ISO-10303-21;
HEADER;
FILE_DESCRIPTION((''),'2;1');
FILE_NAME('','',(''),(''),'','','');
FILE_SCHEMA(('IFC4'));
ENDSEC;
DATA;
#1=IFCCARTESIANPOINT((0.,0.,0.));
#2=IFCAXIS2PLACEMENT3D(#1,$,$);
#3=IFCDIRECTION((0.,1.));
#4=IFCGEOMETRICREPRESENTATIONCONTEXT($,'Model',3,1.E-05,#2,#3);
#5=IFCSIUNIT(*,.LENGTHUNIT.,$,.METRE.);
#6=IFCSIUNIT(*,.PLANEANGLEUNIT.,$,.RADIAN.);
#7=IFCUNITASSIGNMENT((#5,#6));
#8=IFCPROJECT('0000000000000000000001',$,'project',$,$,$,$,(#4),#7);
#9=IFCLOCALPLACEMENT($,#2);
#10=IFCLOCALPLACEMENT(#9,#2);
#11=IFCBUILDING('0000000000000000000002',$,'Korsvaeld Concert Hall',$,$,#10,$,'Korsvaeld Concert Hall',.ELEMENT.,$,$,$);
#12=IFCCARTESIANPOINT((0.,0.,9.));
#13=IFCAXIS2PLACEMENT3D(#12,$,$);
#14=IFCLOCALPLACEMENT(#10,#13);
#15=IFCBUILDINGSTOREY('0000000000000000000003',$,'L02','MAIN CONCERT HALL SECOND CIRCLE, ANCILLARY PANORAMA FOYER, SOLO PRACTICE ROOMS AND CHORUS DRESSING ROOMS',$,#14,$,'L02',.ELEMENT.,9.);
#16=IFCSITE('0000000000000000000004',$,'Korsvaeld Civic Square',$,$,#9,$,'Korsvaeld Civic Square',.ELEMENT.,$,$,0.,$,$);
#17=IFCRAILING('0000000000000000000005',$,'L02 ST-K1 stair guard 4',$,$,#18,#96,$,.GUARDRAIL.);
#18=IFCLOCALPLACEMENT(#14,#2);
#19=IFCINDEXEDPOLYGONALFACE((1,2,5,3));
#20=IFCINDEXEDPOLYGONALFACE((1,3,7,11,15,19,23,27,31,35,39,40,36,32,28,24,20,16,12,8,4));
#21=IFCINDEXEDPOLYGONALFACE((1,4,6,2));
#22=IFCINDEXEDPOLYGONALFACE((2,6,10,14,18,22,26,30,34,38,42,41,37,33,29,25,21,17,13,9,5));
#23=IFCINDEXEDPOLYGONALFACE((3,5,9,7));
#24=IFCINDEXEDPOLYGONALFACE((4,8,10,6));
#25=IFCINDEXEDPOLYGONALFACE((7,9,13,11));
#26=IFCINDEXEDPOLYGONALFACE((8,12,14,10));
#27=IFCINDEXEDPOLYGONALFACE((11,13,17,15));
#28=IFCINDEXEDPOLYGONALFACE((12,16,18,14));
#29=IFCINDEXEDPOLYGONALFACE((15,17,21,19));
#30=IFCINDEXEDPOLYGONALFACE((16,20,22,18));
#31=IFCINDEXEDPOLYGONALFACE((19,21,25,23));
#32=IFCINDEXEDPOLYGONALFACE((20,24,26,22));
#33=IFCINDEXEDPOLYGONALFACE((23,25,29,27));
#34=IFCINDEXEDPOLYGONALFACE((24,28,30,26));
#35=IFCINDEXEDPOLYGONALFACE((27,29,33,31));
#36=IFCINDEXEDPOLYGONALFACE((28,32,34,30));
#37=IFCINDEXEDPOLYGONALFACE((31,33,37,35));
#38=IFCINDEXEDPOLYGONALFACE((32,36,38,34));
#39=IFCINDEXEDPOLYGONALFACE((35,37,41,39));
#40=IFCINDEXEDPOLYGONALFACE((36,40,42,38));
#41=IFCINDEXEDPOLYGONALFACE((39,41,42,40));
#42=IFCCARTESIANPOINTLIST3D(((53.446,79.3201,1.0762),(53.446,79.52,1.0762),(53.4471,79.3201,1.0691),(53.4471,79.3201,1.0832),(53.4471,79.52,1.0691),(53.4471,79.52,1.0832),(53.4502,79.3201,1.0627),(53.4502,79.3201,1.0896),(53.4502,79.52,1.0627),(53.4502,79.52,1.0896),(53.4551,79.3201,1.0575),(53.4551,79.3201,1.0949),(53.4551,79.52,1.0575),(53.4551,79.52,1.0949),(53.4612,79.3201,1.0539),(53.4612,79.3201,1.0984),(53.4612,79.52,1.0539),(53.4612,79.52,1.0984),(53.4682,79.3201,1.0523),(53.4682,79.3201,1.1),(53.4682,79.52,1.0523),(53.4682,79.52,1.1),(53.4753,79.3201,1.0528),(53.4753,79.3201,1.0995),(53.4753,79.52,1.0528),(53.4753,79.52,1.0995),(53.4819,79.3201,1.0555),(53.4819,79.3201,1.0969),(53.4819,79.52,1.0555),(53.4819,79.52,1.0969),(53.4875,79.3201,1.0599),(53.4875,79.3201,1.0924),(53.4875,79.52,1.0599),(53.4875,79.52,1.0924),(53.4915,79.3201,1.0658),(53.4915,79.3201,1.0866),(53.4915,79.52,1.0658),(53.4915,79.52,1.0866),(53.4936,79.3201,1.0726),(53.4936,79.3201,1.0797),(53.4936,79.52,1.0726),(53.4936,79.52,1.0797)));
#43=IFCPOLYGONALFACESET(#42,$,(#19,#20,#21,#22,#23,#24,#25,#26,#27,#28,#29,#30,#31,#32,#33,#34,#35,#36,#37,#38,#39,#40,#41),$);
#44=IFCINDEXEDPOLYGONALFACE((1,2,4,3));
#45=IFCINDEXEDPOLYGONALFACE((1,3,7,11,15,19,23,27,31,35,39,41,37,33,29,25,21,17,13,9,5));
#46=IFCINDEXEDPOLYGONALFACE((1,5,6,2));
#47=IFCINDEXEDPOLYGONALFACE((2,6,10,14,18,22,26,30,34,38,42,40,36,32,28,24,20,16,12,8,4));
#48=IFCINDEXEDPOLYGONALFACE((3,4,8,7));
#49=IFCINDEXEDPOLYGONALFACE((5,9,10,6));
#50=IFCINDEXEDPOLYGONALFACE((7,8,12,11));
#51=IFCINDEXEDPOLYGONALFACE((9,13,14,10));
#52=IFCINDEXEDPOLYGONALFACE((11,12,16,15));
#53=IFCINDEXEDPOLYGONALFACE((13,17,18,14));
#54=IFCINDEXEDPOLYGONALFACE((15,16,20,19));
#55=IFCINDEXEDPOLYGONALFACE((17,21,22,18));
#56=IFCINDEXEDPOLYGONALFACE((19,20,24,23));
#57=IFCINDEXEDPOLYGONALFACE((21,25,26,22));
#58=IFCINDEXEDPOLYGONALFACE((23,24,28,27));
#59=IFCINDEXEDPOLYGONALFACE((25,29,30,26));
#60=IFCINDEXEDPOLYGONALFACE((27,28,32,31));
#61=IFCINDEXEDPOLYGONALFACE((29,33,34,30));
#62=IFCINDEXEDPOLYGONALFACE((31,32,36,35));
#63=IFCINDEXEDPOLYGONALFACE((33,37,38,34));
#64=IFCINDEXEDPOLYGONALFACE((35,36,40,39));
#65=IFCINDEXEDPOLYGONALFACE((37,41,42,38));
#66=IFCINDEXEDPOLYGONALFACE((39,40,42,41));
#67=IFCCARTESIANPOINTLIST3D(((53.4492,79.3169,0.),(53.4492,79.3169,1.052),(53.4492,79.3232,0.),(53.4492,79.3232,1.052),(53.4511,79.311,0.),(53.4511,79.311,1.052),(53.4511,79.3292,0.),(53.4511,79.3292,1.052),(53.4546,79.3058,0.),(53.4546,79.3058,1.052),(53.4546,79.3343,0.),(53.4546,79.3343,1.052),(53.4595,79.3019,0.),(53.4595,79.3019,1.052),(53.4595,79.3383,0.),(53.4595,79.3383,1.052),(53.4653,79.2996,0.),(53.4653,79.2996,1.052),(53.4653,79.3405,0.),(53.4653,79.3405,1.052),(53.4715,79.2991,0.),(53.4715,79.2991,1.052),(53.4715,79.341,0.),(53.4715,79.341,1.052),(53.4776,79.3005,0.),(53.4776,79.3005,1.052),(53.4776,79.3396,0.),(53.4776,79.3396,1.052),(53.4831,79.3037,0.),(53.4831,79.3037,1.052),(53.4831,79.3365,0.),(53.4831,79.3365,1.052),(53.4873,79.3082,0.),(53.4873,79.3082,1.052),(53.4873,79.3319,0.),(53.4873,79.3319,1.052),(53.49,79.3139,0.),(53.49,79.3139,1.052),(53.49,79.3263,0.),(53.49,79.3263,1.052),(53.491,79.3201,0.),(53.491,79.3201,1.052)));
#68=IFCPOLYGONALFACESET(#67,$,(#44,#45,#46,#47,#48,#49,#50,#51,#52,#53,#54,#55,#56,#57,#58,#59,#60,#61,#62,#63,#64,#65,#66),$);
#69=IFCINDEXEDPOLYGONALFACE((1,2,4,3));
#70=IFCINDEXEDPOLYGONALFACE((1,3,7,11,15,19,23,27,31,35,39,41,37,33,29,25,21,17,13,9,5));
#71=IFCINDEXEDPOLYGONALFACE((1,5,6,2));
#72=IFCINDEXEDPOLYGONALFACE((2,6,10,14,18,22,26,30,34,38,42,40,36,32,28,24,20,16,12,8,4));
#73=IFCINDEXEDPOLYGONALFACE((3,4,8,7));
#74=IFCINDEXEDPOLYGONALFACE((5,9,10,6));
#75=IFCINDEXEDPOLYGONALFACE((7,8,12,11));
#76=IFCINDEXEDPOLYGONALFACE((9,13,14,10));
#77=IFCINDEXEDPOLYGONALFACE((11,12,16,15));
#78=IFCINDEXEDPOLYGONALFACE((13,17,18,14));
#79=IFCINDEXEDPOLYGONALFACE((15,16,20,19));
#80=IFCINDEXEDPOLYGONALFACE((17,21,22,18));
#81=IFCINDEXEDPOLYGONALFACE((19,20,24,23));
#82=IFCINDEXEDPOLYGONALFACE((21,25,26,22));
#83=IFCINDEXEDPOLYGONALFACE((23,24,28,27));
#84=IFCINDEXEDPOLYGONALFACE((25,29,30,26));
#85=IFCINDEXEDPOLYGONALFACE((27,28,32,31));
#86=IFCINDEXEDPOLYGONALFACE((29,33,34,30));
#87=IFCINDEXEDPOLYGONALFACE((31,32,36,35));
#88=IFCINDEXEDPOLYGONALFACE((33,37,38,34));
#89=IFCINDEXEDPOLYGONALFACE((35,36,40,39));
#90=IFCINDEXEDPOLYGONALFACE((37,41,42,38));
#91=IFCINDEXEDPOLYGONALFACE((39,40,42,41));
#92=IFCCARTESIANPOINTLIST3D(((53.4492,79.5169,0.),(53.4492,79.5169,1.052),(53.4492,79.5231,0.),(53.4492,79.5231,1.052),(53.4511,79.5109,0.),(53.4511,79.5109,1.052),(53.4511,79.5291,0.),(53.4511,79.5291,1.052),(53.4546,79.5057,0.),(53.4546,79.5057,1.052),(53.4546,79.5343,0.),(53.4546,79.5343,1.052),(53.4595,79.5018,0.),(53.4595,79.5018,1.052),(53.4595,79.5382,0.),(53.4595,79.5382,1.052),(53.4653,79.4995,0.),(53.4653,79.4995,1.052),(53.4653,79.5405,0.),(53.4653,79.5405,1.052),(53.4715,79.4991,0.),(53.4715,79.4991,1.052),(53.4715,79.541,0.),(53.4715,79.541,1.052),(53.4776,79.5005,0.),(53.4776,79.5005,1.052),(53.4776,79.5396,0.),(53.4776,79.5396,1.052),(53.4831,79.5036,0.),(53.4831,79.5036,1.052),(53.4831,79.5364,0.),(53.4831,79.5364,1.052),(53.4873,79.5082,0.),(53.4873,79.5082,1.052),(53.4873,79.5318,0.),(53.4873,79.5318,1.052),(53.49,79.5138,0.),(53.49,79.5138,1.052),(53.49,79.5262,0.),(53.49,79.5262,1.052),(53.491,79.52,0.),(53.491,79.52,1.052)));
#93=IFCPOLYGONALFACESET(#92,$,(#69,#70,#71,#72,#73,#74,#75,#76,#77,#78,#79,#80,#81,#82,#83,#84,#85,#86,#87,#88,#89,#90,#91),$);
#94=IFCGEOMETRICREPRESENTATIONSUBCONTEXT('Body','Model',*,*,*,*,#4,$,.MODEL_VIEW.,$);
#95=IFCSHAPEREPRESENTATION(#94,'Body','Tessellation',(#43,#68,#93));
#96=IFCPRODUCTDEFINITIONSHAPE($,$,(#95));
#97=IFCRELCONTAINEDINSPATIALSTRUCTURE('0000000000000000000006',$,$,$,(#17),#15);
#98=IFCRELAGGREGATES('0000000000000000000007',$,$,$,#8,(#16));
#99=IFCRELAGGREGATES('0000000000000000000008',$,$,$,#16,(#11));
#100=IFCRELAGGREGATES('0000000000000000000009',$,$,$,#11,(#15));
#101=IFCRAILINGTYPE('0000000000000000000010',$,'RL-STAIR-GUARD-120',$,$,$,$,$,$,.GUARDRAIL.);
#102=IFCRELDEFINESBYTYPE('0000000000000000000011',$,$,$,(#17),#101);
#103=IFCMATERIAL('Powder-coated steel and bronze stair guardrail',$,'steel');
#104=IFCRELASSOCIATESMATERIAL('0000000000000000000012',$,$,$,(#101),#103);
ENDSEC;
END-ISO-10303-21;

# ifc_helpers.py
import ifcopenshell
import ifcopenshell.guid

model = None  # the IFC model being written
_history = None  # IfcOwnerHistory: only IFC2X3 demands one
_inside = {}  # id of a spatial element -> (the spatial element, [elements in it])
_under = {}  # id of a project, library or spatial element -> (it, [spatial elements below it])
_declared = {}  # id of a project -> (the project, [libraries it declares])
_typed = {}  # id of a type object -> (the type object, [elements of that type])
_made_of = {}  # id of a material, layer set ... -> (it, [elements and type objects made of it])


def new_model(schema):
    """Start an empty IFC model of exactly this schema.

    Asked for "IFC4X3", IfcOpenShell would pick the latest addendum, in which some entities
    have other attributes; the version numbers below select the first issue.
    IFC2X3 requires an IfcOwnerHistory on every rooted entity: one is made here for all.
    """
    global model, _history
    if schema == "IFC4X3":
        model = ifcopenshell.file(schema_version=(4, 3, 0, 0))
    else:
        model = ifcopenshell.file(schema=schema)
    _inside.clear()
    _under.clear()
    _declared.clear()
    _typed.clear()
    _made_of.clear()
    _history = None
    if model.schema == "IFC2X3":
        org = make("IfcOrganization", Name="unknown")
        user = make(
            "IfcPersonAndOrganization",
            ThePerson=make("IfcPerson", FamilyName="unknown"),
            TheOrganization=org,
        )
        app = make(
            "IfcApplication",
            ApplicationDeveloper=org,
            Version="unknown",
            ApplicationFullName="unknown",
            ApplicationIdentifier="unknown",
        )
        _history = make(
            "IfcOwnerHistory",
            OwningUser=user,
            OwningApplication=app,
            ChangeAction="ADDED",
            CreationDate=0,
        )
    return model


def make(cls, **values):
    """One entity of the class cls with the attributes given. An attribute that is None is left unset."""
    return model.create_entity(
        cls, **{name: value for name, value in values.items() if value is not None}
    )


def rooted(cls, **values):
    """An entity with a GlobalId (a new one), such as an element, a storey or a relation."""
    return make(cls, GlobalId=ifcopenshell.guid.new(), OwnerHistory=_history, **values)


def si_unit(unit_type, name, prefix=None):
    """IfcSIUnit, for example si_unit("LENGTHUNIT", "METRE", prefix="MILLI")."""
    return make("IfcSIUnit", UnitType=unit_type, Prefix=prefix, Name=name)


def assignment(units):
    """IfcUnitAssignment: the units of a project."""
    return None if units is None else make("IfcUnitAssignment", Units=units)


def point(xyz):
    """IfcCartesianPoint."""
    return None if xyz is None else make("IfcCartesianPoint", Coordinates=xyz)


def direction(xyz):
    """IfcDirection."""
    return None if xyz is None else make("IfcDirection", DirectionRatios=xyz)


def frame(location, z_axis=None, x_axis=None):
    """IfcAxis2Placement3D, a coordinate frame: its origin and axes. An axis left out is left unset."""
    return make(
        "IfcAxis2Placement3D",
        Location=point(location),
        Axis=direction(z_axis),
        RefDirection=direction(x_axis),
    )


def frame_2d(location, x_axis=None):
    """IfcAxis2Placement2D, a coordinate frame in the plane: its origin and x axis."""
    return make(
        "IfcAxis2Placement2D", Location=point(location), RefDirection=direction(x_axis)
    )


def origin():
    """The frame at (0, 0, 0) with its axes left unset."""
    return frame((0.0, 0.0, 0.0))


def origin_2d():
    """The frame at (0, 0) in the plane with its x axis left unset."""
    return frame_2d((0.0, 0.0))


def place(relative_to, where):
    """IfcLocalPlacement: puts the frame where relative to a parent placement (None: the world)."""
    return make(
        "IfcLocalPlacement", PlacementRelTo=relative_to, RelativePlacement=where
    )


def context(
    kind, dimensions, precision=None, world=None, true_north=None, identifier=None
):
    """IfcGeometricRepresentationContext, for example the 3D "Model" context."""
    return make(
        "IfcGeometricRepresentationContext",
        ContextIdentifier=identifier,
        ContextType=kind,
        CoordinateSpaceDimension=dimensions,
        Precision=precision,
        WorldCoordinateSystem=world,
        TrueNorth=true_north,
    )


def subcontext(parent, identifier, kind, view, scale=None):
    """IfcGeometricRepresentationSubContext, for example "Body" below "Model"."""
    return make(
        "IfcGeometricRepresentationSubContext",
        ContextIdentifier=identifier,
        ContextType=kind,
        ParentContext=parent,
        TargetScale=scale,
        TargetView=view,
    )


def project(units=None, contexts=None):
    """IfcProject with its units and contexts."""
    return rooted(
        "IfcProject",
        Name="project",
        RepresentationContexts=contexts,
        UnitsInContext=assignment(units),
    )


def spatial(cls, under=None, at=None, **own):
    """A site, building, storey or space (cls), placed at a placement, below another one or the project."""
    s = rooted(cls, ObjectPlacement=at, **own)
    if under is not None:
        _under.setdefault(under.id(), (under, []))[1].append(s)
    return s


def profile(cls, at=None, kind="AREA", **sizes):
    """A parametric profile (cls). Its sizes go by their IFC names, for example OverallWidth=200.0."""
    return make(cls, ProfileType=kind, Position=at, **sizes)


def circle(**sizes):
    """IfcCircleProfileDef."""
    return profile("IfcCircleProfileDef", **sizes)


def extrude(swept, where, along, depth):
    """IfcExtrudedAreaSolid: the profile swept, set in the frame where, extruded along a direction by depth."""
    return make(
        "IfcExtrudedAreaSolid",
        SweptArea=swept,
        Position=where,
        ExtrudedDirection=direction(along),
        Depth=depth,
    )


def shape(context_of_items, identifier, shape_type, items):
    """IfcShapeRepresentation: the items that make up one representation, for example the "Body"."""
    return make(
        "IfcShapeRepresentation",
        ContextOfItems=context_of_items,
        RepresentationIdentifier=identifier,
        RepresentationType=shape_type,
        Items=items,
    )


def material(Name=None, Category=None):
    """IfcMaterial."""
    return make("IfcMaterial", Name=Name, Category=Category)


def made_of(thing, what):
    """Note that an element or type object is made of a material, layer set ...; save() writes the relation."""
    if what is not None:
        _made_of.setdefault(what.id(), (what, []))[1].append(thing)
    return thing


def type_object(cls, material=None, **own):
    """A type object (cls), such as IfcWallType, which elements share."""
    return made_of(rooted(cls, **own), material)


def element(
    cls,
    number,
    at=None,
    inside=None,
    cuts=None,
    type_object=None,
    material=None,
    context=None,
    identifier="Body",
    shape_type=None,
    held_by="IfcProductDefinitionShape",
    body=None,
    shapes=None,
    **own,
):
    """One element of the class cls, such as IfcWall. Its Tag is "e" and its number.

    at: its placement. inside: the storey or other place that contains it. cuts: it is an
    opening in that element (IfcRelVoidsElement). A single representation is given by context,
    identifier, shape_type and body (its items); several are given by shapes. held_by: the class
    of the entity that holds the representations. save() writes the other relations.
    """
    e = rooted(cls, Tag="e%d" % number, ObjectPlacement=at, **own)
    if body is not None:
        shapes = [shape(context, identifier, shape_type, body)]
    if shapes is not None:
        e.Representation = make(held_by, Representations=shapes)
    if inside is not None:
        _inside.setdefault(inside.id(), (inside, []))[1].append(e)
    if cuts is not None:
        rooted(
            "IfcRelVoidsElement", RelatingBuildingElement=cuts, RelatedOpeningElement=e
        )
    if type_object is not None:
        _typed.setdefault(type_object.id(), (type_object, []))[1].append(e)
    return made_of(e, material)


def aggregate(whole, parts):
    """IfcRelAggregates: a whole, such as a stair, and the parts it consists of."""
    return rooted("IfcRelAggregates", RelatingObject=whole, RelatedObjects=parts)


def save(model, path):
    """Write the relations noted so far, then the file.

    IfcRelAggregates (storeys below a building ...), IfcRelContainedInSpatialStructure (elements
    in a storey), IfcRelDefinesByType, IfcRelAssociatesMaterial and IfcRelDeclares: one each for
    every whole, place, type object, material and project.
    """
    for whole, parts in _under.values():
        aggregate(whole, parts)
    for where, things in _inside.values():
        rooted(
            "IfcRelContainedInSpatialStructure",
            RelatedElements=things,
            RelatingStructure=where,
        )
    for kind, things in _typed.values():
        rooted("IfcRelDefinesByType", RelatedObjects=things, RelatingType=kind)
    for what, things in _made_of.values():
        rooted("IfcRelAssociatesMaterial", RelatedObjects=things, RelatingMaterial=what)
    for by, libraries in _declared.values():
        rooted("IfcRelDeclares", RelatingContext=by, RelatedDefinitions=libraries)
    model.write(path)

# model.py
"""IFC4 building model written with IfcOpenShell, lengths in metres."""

from ifc_helpers import new_model, si_unit, direction, frame, origin, origin_2d, place, context, subcontext, project, spatial, circle, extrude, material, type_object, element, save


model = new_model("IFC4")

# Units and contexts
model_context = context("Model", 3, precision=1e-05, world=origin(), true_north=direction((0.0, 1.0)))
body_context = subcontext(model_context, "Body", "Model", "MODEL_VIEW")
ifc_project = project(units=[si_unit("LENGTHUNIT", "METRE"), si_unit("PLANEANGLEUNIT", "RADIAN")], contexts=[model_context])

# Site, building, storey
site_placement = place(None, origin())
site = spatial("IfcSite", under=ifc_project, at=site_placement, Name="Korsvaeld Civic Square", LongName="Korsvaeld Civic Square", CompositionType="ELEMENT", RefElevation=0.0)
building_placement = place(site_placement, origin())
building = spatial("IfcBuilding", under=site, at=building_placement, Name="Korsvaeld Concert Hall", LongName="Korsvaeld Concert Hall", CompositionType="ELEMENT")
storey_placement = place(building_placement, frame((0.0, 0.0, 9.0)))
storey = spatial("IfcBuildingStorey", under=building, at=storey_placement, Name="L02", Description="MAIN CONCERT HALL SECOND CIRCLE, ANCILLARY PANORAMA FOYER, SOLO PRACTICE ROOMS AND CHORUS DRESSING ROOMS", LongName="L02", CompositionType="ELEMENT", Elevation=9.0)

# Railing
ifc_material_1 = material(Name="Powder-coated steel and bronze stair guardrail", Category="steel")
railing_type = type_object("IfcRailingType", Name="RL-STAIR-GUARD-120", PredefinedType="GUARDRAIL", material=ifc_material_1)
railing_1_placement = place(storey_placement, frame((53.47, 79.3201, 0.0)))
element("IfcRailing", 1, at=railing_1_placement, inside=storey, type_object=railing_type, Name="L02 ST-K1 stair guard 4", PredefinedType="GUARDRAIL", context=body_context, shape_type="SweptSolid", body=[
    extrude(circle(Radius=0.0239, at=origin_2d()), frame((0.0, 0.0, 1.0762), z_axis=(0.0, 1.0, 0.0), x_axis=(-1.0, 0.0, 0.0)), (0.0, 0.0, 1.0), 0.2),
    extrude(circle(Radius=0.021, at=origin_2d()), origin(), (0.0, 0.0, 1.0), 1.052),
    extrude(circle(Radius=0.021, at=origin_2d()), frame((0.0, 0.2, 0.0)), (0.0, 0.0, 1.0), 1.052),
])

save(model, "model.ifc")
